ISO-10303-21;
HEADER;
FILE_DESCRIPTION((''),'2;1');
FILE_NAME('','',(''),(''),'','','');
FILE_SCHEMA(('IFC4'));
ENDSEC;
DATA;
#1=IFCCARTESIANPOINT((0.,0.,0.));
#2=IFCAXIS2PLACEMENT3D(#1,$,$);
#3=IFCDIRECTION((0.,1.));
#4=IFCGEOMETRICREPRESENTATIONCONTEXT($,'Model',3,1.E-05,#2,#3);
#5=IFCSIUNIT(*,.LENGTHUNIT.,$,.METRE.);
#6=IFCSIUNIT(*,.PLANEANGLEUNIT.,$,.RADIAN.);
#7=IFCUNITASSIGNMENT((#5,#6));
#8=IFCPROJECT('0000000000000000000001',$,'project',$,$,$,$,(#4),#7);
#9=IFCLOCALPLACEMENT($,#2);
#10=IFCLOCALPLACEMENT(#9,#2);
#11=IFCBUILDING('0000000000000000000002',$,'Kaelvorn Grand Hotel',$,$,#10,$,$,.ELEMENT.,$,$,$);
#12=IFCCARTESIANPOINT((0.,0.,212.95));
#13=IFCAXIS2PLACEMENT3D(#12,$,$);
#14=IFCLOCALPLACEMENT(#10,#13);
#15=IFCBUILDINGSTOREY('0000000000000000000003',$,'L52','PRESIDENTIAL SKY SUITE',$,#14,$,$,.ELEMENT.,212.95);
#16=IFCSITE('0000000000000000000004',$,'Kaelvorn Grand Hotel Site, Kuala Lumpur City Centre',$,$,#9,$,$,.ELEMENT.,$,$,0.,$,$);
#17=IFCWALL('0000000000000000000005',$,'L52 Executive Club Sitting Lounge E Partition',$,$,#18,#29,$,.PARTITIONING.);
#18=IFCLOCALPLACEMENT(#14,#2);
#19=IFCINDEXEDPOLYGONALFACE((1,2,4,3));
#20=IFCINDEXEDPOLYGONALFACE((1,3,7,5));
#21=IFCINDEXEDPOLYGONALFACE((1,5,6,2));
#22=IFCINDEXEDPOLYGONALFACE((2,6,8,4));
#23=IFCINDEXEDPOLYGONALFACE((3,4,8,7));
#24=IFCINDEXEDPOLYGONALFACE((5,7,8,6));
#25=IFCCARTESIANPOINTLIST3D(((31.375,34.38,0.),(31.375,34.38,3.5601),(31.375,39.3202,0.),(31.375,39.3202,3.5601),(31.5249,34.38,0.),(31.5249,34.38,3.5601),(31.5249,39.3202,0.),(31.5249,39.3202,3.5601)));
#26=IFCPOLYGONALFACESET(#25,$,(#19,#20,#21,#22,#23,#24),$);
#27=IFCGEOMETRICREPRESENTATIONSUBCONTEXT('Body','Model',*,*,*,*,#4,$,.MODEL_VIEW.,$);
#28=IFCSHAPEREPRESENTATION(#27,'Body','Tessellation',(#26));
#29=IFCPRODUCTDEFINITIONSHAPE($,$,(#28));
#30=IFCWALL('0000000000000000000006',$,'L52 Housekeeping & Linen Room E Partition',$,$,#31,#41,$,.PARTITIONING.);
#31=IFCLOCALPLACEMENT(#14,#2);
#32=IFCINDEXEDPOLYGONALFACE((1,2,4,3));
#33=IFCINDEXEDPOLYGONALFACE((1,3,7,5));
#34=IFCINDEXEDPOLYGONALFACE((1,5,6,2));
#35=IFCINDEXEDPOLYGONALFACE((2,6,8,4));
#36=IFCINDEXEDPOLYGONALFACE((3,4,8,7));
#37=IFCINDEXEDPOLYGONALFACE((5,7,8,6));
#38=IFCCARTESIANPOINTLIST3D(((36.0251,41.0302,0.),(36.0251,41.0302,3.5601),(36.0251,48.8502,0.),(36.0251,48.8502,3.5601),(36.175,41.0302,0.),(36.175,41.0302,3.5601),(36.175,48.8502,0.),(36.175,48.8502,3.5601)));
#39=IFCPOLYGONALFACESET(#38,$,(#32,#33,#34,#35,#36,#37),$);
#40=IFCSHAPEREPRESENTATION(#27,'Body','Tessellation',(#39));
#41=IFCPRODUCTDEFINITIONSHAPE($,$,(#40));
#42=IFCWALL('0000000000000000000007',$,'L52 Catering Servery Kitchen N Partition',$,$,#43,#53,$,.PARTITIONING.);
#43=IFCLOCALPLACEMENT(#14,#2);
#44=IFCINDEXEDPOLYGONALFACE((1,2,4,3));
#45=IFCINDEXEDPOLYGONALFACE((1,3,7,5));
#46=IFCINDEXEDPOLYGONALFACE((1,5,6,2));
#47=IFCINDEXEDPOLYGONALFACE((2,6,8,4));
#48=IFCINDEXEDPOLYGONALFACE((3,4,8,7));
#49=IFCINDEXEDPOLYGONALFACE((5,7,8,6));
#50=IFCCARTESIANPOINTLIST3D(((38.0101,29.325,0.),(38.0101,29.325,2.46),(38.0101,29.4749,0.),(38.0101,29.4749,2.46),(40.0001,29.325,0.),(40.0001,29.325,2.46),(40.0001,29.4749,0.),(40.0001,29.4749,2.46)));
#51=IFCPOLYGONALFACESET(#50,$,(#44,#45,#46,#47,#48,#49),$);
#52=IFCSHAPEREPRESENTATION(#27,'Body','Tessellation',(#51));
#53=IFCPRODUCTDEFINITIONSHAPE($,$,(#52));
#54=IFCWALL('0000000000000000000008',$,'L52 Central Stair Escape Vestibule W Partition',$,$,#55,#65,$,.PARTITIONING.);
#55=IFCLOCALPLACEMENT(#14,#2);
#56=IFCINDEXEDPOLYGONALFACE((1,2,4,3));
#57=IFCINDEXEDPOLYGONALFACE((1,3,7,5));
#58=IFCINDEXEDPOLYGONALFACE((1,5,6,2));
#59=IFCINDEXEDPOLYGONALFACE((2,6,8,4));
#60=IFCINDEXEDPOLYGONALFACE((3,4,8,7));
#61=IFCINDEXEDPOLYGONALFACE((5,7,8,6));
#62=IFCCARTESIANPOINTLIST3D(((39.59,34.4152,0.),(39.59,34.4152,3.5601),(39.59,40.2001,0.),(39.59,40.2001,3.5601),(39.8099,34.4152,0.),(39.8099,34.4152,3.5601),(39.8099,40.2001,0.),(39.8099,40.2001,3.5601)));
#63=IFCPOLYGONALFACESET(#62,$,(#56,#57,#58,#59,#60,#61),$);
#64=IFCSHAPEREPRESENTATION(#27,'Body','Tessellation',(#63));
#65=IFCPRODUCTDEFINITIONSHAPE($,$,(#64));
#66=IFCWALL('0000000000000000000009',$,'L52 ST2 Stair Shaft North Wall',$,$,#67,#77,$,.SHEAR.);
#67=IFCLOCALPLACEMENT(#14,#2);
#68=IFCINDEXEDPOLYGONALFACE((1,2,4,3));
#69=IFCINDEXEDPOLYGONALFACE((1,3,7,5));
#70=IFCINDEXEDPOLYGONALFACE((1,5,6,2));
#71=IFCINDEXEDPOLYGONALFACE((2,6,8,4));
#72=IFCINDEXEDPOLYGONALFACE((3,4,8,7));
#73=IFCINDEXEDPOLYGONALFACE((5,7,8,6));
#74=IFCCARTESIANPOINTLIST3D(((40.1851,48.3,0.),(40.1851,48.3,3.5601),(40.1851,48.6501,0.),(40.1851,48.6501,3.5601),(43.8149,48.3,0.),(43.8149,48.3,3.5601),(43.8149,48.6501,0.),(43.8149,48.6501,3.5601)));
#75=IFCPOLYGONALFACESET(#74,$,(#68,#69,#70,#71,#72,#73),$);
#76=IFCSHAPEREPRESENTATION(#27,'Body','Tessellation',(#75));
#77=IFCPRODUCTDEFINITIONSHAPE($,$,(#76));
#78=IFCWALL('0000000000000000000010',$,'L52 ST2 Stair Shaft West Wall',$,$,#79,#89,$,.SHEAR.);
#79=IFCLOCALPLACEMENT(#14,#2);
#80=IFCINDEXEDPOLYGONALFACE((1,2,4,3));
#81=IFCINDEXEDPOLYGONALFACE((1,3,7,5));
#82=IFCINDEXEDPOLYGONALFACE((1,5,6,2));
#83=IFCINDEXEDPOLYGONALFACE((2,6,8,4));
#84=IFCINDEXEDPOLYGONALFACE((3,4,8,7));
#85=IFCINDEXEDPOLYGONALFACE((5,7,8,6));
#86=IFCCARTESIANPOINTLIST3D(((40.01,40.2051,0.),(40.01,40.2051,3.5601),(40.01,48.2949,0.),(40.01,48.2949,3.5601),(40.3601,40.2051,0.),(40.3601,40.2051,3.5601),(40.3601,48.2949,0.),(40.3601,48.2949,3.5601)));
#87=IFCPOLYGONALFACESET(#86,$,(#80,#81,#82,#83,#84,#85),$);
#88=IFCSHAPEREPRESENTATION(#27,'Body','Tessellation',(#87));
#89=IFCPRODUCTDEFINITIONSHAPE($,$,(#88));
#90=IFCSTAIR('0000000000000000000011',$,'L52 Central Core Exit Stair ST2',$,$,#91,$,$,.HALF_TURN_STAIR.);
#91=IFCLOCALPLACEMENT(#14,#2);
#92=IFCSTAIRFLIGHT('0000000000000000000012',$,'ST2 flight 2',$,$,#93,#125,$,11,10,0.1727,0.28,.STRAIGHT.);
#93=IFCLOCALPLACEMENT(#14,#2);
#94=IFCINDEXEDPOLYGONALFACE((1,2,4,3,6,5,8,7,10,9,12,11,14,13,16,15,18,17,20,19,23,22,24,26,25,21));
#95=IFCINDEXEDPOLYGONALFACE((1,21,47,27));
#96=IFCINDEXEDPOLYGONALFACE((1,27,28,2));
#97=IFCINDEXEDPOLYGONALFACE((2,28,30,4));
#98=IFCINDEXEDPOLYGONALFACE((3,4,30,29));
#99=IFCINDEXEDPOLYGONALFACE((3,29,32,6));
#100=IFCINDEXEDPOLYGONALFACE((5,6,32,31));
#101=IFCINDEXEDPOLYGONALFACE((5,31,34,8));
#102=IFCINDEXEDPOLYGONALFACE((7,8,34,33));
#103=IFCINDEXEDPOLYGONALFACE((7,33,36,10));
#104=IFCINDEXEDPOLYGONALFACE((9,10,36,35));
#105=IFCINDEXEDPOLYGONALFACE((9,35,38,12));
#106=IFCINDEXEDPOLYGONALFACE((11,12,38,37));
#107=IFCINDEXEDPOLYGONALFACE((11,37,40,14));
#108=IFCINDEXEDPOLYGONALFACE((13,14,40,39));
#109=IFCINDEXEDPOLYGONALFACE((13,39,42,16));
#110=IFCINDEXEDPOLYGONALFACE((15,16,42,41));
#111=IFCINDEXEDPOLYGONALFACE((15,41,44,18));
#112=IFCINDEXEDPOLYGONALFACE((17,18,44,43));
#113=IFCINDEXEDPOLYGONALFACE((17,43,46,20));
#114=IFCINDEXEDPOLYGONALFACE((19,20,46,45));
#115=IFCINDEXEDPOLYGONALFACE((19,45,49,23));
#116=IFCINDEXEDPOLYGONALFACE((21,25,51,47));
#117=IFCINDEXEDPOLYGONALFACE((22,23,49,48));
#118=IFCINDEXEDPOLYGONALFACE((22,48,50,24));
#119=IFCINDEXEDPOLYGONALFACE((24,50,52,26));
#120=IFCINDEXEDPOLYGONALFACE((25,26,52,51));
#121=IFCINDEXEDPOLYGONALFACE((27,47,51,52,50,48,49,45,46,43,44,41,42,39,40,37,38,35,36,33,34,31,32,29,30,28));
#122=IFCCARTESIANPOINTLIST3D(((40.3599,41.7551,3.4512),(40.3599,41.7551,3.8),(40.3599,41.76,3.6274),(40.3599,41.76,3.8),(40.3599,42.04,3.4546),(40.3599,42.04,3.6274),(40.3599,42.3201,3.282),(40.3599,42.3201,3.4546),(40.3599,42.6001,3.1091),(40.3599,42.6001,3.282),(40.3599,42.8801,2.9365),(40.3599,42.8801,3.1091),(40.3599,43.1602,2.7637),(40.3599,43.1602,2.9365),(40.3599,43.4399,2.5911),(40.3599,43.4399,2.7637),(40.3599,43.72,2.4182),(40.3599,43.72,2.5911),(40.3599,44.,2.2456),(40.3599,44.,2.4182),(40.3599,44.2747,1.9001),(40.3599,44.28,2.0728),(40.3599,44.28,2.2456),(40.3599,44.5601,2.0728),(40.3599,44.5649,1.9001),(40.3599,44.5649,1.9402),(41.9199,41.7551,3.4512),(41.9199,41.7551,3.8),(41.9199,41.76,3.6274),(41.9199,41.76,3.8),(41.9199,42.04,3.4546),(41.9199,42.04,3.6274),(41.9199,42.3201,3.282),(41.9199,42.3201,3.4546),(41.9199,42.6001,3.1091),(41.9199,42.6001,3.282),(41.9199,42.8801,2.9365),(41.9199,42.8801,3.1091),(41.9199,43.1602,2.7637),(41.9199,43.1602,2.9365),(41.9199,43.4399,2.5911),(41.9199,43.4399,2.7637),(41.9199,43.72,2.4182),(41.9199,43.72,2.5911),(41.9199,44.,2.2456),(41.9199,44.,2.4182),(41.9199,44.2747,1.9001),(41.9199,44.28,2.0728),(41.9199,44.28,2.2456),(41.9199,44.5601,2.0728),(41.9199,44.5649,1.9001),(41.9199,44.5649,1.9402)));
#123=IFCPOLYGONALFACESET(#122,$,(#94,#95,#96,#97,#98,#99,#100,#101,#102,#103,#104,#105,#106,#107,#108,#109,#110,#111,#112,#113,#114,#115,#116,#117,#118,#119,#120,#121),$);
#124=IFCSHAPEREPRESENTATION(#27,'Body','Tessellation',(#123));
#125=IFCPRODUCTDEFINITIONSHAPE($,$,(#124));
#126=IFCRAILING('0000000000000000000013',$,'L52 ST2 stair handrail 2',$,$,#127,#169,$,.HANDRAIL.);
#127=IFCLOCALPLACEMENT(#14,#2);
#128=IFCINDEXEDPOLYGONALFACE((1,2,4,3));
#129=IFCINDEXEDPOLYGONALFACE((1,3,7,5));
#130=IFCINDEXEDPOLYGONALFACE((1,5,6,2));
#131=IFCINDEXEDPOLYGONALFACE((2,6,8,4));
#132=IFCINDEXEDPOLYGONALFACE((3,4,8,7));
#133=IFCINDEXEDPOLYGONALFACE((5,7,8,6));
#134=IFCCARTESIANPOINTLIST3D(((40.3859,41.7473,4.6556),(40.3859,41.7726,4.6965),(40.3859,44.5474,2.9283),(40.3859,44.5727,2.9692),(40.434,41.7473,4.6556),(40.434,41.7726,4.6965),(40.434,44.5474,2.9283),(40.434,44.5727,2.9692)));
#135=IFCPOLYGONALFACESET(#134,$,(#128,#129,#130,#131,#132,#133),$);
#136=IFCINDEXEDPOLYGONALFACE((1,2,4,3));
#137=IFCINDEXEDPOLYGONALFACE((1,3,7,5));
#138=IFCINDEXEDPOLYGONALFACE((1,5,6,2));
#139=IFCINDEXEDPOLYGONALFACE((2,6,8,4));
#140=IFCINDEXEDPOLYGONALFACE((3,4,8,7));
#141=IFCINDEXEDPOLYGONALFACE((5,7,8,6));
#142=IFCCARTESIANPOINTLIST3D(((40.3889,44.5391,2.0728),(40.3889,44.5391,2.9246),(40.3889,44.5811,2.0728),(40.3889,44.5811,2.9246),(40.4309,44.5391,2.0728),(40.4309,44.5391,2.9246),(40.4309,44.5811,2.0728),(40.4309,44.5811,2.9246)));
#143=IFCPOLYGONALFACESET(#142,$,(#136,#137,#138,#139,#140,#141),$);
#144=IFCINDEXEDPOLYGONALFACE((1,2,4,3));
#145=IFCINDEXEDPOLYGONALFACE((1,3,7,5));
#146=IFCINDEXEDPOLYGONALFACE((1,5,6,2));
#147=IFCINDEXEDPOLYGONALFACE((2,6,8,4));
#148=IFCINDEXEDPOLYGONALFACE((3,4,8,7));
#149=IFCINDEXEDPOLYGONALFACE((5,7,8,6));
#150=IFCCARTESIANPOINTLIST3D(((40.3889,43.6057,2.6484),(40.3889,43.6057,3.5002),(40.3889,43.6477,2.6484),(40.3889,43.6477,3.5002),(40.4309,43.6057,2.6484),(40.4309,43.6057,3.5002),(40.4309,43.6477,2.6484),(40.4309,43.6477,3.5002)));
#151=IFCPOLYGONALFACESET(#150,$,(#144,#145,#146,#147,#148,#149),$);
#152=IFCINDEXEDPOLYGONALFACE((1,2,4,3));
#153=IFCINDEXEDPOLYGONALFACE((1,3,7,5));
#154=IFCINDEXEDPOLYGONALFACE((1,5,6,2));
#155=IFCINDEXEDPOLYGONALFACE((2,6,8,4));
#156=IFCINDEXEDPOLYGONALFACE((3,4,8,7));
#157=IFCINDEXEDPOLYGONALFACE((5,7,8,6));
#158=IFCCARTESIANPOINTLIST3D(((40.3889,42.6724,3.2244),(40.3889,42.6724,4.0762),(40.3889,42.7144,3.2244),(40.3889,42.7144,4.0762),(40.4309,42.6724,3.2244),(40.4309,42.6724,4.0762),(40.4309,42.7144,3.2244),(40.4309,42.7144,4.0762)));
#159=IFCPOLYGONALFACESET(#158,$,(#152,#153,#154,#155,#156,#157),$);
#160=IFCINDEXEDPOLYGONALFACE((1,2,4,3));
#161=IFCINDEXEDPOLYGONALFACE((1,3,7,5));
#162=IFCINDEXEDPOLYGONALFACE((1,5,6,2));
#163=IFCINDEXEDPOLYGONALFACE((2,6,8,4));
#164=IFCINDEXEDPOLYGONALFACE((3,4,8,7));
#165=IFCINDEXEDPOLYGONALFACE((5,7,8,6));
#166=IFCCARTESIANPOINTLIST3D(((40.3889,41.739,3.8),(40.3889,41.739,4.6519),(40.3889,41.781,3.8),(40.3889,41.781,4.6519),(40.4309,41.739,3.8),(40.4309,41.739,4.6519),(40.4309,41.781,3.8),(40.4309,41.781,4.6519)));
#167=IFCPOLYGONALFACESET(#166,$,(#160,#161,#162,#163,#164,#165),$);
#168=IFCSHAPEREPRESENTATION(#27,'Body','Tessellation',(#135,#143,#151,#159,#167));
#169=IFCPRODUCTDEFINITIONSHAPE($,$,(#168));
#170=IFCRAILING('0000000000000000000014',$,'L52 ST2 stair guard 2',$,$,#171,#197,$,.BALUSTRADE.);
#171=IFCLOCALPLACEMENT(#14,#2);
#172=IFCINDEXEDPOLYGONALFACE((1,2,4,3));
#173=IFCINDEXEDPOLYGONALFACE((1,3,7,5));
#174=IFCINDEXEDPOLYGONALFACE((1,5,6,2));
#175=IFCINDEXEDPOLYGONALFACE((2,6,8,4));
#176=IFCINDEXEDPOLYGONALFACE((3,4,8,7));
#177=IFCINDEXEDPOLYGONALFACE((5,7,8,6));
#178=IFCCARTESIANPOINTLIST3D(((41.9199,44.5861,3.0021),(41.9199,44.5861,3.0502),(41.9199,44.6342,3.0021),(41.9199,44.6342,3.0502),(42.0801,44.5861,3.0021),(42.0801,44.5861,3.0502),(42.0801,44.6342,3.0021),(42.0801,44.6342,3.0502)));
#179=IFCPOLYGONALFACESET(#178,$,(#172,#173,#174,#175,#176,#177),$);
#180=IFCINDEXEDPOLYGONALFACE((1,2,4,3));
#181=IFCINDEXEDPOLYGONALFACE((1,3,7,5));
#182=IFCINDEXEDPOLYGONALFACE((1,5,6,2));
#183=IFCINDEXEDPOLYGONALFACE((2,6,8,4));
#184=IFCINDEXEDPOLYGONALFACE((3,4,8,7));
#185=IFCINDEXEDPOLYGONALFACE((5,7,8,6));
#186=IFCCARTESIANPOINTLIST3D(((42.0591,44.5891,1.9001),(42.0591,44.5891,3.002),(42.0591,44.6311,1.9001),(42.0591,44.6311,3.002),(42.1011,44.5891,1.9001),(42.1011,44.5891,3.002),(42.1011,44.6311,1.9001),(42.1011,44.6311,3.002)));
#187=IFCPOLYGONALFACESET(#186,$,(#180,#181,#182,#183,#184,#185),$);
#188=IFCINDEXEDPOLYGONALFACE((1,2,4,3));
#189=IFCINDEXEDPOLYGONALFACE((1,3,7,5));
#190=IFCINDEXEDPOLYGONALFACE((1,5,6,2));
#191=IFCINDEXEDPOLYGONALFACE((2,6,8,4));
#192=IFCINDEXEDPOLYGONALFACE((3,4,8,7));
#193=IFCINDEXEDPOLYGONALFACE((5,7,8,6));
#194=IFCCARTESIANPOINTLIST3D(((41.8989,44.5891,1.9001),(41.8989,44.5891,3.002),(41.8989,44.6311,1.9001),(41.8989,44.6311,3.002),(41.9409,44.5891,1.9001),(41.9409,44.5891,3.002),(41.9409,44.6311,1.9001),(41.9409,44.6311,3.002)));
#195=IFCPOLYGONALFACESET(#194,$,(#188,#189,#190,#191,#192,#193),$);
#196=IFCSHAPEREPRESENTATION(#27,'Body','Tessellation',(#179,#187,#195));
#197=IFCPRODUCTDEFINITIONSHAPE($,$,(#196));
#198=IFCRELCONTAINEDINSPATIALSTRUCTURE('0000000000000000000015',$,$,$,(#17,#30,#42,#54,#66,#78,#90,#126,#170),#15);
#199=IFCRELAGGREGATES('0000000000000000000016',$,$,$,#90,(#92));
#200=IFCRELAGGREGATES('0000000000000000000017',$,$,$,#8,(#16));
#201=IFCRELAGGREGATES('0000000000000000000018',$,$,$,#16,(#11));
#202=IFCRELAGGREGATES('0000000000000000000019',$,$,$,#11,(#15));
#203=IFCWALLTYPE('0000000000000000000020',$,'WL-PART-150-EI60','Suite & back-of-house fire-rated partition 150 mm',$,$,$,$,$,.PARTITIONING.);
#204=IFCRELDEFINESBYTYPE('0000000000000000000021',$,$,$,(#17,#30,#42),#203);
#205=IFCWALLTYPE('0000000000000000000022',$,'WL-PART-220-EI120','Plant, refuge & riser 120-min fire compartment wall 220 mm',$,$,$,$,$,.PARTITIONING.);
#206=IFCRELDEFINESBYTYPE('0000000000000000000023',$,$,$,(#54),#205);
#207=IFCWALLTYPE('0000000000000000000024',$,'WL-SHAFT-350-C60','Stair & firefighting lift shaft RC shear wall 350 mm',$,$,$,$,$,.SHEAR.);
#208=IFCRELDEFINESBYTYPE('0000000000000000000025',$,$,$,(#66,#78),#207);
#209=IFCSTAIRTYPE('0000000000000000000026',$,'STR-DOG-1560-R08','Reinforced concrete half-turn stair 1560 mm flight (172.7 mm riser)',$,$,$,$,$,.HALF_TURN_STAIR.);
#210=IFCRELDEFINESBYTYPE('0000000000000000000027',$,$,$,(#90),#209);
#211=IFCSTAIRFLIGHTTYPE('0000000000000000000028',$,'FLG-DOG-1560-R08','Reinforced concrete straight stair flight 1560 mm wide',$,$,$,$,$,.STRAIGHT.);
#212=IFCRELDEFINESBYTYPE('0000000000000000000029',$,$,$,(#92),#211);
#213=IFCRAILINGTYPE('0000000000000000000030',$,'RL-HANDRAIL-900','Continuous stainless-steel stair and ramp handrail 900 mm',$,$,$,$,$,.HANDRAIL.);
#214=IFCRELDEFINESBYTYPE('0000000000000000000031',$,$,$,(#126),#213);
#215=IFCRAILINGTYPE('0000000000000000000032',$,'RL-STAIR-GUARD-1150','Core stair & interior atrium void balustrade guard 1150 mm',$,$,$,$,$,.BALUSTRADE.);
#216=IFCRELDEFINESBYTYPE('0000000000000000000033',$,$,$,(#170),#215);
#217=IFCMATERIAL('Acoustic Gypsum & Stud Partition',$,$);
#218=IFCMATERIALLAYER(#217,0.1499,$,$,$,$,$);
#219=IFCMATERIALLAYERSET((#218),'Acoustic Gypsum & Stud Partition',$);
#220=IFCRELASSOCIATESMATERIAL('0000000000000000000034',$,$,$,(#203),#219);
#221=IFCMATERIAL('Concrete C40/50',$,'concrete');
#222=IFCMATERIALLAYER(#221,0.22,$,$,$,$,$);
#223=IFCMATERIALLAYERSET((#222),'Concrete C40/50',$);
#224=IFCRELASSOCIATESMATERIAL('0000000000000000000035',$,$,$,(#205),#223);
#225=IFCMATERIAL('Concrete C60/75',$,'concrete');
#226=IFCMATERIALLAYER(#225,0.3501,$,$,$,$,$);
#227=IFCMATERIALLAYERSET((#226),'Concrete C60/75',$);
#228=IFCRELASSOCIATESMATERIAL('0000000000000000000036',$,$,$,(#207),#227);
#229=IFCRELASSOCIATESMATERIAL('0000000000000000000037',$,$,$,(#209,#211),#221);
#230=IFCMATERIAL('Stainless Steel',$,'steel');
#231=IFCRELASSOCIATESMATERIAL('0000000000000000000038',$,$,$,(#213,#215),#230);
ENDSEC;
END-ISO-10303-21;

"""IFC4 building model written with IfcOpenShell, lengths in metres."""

from ifc_helpers import new_model, si_unit, direction, frame, frame_2d, origin, origin_2d, place, context, subcontext, project, spatial, polyline, rectangle, outline, extrude, material, layer, layer_set, type_object, element, aggregate, save


model = new_model("IFC4")

# Units and contexts
model_context = context("Model", 3, precision=1e-05, world=origin(), true_north=direction((0.0, 1.0)))
body_context = subcontext(model_context, "Body", "Model", "MODEL_VIEW")
ifc_project = project(units=[si_unit("LENGTHUNIT", "METRE"), si_unit("PLANEANGLEUNIT", "RADIAN")], contexts=[model_context])

# Site, building, storey
site_placement = place(None, origin())
site = spatial("IfcSite", under=ifc_project, at=site_placement, Name="Kaelvorn Grand Hotel Site, Kuala Lumpur City Centre", CompositionType="ELEMENT", RefElevation=0.0)
building_placement = place(site_placement, origin())
building = spatial("IfcBuilding", under=site, at=building_placement, Name="Kaelvorn Grand Hotel", CompositionType="ELEMENT")
storey_placement = place(building_placement, frame((0.0, 0.0, 212.95)))
storey = spatial("IfcBuildingStorey", under=building, at=storey_placement, Name="L52", Description="PRESIDENTIAL SKY SUITE", CompositionType="ELEMENT", Elevation=212.95)

# Shared definitions
ifc_material_1 = material(Name="Concrete C60/75", Category="concrete")

# Shared definitions
ifc_material_2 = material(Name="Acoustic Gypsum & Stud Partition")
ifc_layer_1 = layer(ifc_material_2, 0.1499)
ifc_layer_set_1 = layer_set([ifc_layer_1], Name="Acoustic Gypsum & Stud Partition")
wall_type_1 = type_object("IfcWallType", Name="WL-PART-150-EI60", Description="Suite & back-of-house fire-rated partition 150 mm", PredefinedType="PARTITIONING", material=ifc_layer_set_1)

# Walls
for number, where, z_axis, x_axis, name in (
    (1, (31.45, 34.3799, 0.0), (0.0, 0.0, 1.0), (0.0, 1.0, 0.0), "L52 Executive Club Sitting Lounge E Partition"),
):
    element("IfcWall", number, at=place(storey_placement, frame(where, z_axis=z_axis, x_axis=x_axis)), inside=storey, type_object=wall_type_1, Name=name, PredefinedType="PARTITIONING", context=body_context, shape_type="SweptSolid", body=[
        extrude(rectangle(XDim=4.9402, YDim=0.1499, at=frame_2d((2.4702, 0.0))), origin(), (0.0, 0.0, 1.0), 3.5601),
    ])
wall_1_placement = place(storey_placement, frame((36.1001, 41.03, 0.0), z_axis=(0.0, 0.0, 1.0), x_axis=(0.0, 1.0, 0.0)))
element("IfcWall", 2, at=wall_1_placement, inside=storey, type_object=wall_type_1, Name="L52 Housekeeping & Linen Room E Partition", PredefinedType="PARTITIONING", context=body_context, shape_type="SweptSolid", body=[
    extrude(rectangle(XDim=7.8201, YDim=0.1499, at=frame_2d((3.9102, 0.0))), origin(), (0.0, 0.0, 1.0), 3.5601),
])
wall_2_placement = place(storey_placement, frame((38.01, 29.3999, 0.0), z_axis=(0.0, 0.0, 1.0), x_axis=(1.0, 0.0, 0.0)))
element("IfcWall", 3, at=wall_2_placement, inside=storey, type_object=wall_type_1, Name="L52 Catering Servery Kitchen N Partition", PredefinedType="PARTITIONING", context=body_context, shape_type="SweptSolid", body=[
    extrude(rectangle(XDim=1.99, YDim=0.1499, at=frame_2d((0.9951, 0.0))), origin(), (0.0, 0.0, 1.0), 2.46),
])

# Shared definitions
ifc_material_3 = material(Name="Concrete C40/50", Category="concrete")
ifc_layer_2 = layer(ifc_material_3, 0.22)
ifc_layer_set_2 = layer_set([ifc_layer_2], Name="Concrete C40/50")
wall_type_2 = type_object("IfcWallType", Name="WL-PART-220-EI120", Description="Plant, refuge & riser 120-min fire compartment wall 220 mm", PredefinedType="PARTITIONING", material=ifc_layer_set_2)

# Wall
wall_3_placement = place(storey_placement, frame((39.7, 34.415, 0.0), z_axis=(0.0, 0.0, 1.0), x_axis=(0.0, 1.0, 0.0)))
element("IfcWall", 4, at=wall_3_placement, inside=storey, type_object=wall_type_2, Name="L52 Central Stair Escape Vestibule W Partition", PredefinedType="PARTITIONING", context=body_context, shape_type="SweptSolid", body=[
    extrude(rectangle(XDim=5.7849, YDim=0.22, at=frame_2d((2.8926, 0.0))), origin(), (0.0, 0.0, 1.0), 3.5601),
])

# Shared definitions
ifc_layer_3 = layer(ifc_material_1, 0.3501)
ifc_layer_set_3 = layer_set([ifc_layer_3], Name="Concrete C60/75")
wall_type_3 = type_object("IfcWallType", Name="WL-SHAFT-350-C60", Description="Stair & firefighting lift shaft RC shear wall 350 mm", PredefinedType="SHEAR", material=ifc_layer_set_3)

# Walls
wall_4_placement = place(storey_placement, frame((40.1851, 48.4751, 0.0), z_axis=(0.0, 0.0, 1.0), x_axis=(1.0, 0.0, 0.0)))
element("IfcWall", 5, at=wall_4_placement, inside=storey, type_object=wall_type_3, Name="L52 ST2 Stair Shaft North Wall", PredefinedType="SHEAR", context=body_context, shape_type="SweptSolid", body=[
    extrude(rectangle(XDim=3.6299, YDim=0.3501, at=frame_2d((1.8149, 0.0))), origin(), (0.0, 0.0, 1.0), 3.5601),
])
wall_5_placement = place(storey_placement, frame((40.1851, 40.2051, 0.0), z_axis=(0.0, 0.0, 1.0), x_axis=(0.0, 1.0, 0.0)))
element("IfcWall", 6, at=wall_5_placement, inside=storey, type_object=wall_type_3, Name="L52 ST2 Stair Shaft West Wall", PredefinedType="SHEAR", context=body_context, shape_type="SweptSolid", body=[
    extrude(rectangle(XDim=8.0898, YDim=0.3501, at=frame_2d((4.0449, 0.0))), origin(), (0.0, 0.0, 1.0), 3.5601),
])

# Stair, stair flight
stair_type = type_object("IfcStairType", Name="STR-DOG-1560-R08", Description="Reinforced concrete half-turn stair 1560 mm flight (172.7 mm riser)", PredefinedType="HALF_TURN_STAIR", material=ifc_material_3)
stair_placement = place(storey_placement, origin())
stair = element("IfcStair", 7, at=stair_placement, inside=storey, type_object=stair_type, Name="L52 Central Core Exit Stair ST2", PredefinedType="HALF_TURN_STAIR")
stair_flight_type = type_object("IfcStairFlightType", Name="FLG-DOG-1560-R08", Description="Reinforced concrete straight stair flight 1560 mm wide", PredefinedType="STRAIGHT", material=ifc_material_3)
stair_flight_placement = place(storey_placement, frame((41.1399, 44.5601, 1.9001), z_axis=(0.0, 0.0, 1.0), x_axis=(0.0, -1.0, 0.0)))
stair_flight = element("IfcStairFlight", 8, at=stair_flight_placement, type_object=stair_flight_type, Name="ST2 flight 2", NumberOfRisers=11, NumberOfTreads=10, PredefinedType="STRAIGHT", RiserHeight=0.1727, TreadLength=0.28, context=body_context, shape_type="SweptSolid", body=[
    extrude(outline(polyline([(-0.0049, 0.0), (-0.0049, 0.04), (0.0, 0.1726), (0.28, 0.1726), (0.28, 0.3455), (0.5601, 0.3455), (0.5601, 0.5181), (0.8401, 0.5181), (0.8401, 0.6909), (1.1201, 0.6909), (1.1201, 0.8635), (1.3999, 0.8635), (1.3999, 1.0364), (1.6799, 1.0364), (1.6799, 1.209), (1.96, 1.209), (1.96, 1.3818), (2.24, 1.3818), (2.24, 1.5544), (2.52, 1.5544), (2.52, 1.7273), (2.8, 1.7273), (2.8, 1.8999), (2.8049, 1.8999), (2.8049, 1.551), (0.2854, 0.0), (-0.0049, 0.0)])), frame((0.0, 0.78, 0.0), z_axis=(0.0, -1.0, 0.0), x_axis=(1.0, 0.0, 0.0)), (0.0, 0.0, 1.0), 1.5601),
])
aggregate(stair, [stair_flight])

# Railings
ifc_material_4 = material(Name="Stainless Steel", Category="steel")
railing_type_1 = type_object("IfcRailingType", Name="RL-HANDRAIL-900", Description="Continuous stainless-steel stair and ramp handrail 900 mm", PredefinedType="HANDRAIL", material=ifc_material_4)
railing_1_placement = place(storey_placement, frame((40.4099, 44.5601, 2.0728)))
element("IfcRailing", 9, at=railing_1_placement, inside=storey, type_object=railing_type_1, Name="L52 ST2 stair handrail 2", PredefinedType="HANDRAIL", context=body_context, shape_type="SweptSolid", body=[
    extrude(rectangle(XDim=0.0481, YDim=0.0481, at=origin_2d()), frame((0.0, 0.0, 0.876), z_axis=(0.0, -0.85109, 0.52502), x_axis=(1.0, 0.0, 0.0)), (0.0, 0.0, 1.0), 3.29),
    extrude(rectangle(XDim=0.042, YDim=0.042, at=origin_2d()), origin(), (0.0, 0.0, 1.0), 0.8518),
    extrude(rectangle(XDim=0.042, YDim=0.042, at=origin_2d()), frame((0.0, -0.9333, 0.5757)), (0.0, 0.0, 1.0), 0.8518),
    extrude(rectangle(XDim=0.042, YDim=0.042, at=origin_2d()), frame((0.0, -1.8667, 1.1516)), (0.0, 0.0, 1.0), 0.8518),
    extrude(rectangle(XDim=0.042, YDim=0.042, at=origin_2d()), frame((0.0, -2.8, 1.7273)), (0.0, 0.0, 1.0), 0.8518),
])
railing_type_2 = type_object("IfcRailingType", Name="RL-STAIR-GUARD-1150", Description="Core stair & interior atrium void balustrade guard 1150 mm", PredefinedType="BALUSTRADE", material=ifc_material_4)
railing_2_placement = place(storey_placement, frame((42.0801, 44.6101, 1.9001)))
element("IfcRailing", 10, at=railing_2_placement, inside=storey, type_object=railing_type_2, Name="L52 ST2 stair guard 2", PredefinedType="BALUSTRADE", context=body_context, shape_type="SweptSolid", body=[
    extrude(rectangle(XDim=0.0481, YDim=0.0481, at=origin_2d()), frame((0.0, 0.0, 1.126), z_axis=(-1.0, 0.0, 0.0), x_axis=(0.0, -1.0, 0.0)), (0.0, 0.0, 1.0), 0.1602),
    extrude(rectangle(XDim=0.042, YDim=0.042, at=origin_2d()), origin(), (0.0, 0.0, 1.0), 1.1018),
    extrude(rectangle(XDim=0.042, YDim=0.042, at=origin_2d()), frame((-0.1602, 0.0, 0.0)), (0.0, 0.0, 1.0), 1.1018),
])

save(model, "model.ifc")
